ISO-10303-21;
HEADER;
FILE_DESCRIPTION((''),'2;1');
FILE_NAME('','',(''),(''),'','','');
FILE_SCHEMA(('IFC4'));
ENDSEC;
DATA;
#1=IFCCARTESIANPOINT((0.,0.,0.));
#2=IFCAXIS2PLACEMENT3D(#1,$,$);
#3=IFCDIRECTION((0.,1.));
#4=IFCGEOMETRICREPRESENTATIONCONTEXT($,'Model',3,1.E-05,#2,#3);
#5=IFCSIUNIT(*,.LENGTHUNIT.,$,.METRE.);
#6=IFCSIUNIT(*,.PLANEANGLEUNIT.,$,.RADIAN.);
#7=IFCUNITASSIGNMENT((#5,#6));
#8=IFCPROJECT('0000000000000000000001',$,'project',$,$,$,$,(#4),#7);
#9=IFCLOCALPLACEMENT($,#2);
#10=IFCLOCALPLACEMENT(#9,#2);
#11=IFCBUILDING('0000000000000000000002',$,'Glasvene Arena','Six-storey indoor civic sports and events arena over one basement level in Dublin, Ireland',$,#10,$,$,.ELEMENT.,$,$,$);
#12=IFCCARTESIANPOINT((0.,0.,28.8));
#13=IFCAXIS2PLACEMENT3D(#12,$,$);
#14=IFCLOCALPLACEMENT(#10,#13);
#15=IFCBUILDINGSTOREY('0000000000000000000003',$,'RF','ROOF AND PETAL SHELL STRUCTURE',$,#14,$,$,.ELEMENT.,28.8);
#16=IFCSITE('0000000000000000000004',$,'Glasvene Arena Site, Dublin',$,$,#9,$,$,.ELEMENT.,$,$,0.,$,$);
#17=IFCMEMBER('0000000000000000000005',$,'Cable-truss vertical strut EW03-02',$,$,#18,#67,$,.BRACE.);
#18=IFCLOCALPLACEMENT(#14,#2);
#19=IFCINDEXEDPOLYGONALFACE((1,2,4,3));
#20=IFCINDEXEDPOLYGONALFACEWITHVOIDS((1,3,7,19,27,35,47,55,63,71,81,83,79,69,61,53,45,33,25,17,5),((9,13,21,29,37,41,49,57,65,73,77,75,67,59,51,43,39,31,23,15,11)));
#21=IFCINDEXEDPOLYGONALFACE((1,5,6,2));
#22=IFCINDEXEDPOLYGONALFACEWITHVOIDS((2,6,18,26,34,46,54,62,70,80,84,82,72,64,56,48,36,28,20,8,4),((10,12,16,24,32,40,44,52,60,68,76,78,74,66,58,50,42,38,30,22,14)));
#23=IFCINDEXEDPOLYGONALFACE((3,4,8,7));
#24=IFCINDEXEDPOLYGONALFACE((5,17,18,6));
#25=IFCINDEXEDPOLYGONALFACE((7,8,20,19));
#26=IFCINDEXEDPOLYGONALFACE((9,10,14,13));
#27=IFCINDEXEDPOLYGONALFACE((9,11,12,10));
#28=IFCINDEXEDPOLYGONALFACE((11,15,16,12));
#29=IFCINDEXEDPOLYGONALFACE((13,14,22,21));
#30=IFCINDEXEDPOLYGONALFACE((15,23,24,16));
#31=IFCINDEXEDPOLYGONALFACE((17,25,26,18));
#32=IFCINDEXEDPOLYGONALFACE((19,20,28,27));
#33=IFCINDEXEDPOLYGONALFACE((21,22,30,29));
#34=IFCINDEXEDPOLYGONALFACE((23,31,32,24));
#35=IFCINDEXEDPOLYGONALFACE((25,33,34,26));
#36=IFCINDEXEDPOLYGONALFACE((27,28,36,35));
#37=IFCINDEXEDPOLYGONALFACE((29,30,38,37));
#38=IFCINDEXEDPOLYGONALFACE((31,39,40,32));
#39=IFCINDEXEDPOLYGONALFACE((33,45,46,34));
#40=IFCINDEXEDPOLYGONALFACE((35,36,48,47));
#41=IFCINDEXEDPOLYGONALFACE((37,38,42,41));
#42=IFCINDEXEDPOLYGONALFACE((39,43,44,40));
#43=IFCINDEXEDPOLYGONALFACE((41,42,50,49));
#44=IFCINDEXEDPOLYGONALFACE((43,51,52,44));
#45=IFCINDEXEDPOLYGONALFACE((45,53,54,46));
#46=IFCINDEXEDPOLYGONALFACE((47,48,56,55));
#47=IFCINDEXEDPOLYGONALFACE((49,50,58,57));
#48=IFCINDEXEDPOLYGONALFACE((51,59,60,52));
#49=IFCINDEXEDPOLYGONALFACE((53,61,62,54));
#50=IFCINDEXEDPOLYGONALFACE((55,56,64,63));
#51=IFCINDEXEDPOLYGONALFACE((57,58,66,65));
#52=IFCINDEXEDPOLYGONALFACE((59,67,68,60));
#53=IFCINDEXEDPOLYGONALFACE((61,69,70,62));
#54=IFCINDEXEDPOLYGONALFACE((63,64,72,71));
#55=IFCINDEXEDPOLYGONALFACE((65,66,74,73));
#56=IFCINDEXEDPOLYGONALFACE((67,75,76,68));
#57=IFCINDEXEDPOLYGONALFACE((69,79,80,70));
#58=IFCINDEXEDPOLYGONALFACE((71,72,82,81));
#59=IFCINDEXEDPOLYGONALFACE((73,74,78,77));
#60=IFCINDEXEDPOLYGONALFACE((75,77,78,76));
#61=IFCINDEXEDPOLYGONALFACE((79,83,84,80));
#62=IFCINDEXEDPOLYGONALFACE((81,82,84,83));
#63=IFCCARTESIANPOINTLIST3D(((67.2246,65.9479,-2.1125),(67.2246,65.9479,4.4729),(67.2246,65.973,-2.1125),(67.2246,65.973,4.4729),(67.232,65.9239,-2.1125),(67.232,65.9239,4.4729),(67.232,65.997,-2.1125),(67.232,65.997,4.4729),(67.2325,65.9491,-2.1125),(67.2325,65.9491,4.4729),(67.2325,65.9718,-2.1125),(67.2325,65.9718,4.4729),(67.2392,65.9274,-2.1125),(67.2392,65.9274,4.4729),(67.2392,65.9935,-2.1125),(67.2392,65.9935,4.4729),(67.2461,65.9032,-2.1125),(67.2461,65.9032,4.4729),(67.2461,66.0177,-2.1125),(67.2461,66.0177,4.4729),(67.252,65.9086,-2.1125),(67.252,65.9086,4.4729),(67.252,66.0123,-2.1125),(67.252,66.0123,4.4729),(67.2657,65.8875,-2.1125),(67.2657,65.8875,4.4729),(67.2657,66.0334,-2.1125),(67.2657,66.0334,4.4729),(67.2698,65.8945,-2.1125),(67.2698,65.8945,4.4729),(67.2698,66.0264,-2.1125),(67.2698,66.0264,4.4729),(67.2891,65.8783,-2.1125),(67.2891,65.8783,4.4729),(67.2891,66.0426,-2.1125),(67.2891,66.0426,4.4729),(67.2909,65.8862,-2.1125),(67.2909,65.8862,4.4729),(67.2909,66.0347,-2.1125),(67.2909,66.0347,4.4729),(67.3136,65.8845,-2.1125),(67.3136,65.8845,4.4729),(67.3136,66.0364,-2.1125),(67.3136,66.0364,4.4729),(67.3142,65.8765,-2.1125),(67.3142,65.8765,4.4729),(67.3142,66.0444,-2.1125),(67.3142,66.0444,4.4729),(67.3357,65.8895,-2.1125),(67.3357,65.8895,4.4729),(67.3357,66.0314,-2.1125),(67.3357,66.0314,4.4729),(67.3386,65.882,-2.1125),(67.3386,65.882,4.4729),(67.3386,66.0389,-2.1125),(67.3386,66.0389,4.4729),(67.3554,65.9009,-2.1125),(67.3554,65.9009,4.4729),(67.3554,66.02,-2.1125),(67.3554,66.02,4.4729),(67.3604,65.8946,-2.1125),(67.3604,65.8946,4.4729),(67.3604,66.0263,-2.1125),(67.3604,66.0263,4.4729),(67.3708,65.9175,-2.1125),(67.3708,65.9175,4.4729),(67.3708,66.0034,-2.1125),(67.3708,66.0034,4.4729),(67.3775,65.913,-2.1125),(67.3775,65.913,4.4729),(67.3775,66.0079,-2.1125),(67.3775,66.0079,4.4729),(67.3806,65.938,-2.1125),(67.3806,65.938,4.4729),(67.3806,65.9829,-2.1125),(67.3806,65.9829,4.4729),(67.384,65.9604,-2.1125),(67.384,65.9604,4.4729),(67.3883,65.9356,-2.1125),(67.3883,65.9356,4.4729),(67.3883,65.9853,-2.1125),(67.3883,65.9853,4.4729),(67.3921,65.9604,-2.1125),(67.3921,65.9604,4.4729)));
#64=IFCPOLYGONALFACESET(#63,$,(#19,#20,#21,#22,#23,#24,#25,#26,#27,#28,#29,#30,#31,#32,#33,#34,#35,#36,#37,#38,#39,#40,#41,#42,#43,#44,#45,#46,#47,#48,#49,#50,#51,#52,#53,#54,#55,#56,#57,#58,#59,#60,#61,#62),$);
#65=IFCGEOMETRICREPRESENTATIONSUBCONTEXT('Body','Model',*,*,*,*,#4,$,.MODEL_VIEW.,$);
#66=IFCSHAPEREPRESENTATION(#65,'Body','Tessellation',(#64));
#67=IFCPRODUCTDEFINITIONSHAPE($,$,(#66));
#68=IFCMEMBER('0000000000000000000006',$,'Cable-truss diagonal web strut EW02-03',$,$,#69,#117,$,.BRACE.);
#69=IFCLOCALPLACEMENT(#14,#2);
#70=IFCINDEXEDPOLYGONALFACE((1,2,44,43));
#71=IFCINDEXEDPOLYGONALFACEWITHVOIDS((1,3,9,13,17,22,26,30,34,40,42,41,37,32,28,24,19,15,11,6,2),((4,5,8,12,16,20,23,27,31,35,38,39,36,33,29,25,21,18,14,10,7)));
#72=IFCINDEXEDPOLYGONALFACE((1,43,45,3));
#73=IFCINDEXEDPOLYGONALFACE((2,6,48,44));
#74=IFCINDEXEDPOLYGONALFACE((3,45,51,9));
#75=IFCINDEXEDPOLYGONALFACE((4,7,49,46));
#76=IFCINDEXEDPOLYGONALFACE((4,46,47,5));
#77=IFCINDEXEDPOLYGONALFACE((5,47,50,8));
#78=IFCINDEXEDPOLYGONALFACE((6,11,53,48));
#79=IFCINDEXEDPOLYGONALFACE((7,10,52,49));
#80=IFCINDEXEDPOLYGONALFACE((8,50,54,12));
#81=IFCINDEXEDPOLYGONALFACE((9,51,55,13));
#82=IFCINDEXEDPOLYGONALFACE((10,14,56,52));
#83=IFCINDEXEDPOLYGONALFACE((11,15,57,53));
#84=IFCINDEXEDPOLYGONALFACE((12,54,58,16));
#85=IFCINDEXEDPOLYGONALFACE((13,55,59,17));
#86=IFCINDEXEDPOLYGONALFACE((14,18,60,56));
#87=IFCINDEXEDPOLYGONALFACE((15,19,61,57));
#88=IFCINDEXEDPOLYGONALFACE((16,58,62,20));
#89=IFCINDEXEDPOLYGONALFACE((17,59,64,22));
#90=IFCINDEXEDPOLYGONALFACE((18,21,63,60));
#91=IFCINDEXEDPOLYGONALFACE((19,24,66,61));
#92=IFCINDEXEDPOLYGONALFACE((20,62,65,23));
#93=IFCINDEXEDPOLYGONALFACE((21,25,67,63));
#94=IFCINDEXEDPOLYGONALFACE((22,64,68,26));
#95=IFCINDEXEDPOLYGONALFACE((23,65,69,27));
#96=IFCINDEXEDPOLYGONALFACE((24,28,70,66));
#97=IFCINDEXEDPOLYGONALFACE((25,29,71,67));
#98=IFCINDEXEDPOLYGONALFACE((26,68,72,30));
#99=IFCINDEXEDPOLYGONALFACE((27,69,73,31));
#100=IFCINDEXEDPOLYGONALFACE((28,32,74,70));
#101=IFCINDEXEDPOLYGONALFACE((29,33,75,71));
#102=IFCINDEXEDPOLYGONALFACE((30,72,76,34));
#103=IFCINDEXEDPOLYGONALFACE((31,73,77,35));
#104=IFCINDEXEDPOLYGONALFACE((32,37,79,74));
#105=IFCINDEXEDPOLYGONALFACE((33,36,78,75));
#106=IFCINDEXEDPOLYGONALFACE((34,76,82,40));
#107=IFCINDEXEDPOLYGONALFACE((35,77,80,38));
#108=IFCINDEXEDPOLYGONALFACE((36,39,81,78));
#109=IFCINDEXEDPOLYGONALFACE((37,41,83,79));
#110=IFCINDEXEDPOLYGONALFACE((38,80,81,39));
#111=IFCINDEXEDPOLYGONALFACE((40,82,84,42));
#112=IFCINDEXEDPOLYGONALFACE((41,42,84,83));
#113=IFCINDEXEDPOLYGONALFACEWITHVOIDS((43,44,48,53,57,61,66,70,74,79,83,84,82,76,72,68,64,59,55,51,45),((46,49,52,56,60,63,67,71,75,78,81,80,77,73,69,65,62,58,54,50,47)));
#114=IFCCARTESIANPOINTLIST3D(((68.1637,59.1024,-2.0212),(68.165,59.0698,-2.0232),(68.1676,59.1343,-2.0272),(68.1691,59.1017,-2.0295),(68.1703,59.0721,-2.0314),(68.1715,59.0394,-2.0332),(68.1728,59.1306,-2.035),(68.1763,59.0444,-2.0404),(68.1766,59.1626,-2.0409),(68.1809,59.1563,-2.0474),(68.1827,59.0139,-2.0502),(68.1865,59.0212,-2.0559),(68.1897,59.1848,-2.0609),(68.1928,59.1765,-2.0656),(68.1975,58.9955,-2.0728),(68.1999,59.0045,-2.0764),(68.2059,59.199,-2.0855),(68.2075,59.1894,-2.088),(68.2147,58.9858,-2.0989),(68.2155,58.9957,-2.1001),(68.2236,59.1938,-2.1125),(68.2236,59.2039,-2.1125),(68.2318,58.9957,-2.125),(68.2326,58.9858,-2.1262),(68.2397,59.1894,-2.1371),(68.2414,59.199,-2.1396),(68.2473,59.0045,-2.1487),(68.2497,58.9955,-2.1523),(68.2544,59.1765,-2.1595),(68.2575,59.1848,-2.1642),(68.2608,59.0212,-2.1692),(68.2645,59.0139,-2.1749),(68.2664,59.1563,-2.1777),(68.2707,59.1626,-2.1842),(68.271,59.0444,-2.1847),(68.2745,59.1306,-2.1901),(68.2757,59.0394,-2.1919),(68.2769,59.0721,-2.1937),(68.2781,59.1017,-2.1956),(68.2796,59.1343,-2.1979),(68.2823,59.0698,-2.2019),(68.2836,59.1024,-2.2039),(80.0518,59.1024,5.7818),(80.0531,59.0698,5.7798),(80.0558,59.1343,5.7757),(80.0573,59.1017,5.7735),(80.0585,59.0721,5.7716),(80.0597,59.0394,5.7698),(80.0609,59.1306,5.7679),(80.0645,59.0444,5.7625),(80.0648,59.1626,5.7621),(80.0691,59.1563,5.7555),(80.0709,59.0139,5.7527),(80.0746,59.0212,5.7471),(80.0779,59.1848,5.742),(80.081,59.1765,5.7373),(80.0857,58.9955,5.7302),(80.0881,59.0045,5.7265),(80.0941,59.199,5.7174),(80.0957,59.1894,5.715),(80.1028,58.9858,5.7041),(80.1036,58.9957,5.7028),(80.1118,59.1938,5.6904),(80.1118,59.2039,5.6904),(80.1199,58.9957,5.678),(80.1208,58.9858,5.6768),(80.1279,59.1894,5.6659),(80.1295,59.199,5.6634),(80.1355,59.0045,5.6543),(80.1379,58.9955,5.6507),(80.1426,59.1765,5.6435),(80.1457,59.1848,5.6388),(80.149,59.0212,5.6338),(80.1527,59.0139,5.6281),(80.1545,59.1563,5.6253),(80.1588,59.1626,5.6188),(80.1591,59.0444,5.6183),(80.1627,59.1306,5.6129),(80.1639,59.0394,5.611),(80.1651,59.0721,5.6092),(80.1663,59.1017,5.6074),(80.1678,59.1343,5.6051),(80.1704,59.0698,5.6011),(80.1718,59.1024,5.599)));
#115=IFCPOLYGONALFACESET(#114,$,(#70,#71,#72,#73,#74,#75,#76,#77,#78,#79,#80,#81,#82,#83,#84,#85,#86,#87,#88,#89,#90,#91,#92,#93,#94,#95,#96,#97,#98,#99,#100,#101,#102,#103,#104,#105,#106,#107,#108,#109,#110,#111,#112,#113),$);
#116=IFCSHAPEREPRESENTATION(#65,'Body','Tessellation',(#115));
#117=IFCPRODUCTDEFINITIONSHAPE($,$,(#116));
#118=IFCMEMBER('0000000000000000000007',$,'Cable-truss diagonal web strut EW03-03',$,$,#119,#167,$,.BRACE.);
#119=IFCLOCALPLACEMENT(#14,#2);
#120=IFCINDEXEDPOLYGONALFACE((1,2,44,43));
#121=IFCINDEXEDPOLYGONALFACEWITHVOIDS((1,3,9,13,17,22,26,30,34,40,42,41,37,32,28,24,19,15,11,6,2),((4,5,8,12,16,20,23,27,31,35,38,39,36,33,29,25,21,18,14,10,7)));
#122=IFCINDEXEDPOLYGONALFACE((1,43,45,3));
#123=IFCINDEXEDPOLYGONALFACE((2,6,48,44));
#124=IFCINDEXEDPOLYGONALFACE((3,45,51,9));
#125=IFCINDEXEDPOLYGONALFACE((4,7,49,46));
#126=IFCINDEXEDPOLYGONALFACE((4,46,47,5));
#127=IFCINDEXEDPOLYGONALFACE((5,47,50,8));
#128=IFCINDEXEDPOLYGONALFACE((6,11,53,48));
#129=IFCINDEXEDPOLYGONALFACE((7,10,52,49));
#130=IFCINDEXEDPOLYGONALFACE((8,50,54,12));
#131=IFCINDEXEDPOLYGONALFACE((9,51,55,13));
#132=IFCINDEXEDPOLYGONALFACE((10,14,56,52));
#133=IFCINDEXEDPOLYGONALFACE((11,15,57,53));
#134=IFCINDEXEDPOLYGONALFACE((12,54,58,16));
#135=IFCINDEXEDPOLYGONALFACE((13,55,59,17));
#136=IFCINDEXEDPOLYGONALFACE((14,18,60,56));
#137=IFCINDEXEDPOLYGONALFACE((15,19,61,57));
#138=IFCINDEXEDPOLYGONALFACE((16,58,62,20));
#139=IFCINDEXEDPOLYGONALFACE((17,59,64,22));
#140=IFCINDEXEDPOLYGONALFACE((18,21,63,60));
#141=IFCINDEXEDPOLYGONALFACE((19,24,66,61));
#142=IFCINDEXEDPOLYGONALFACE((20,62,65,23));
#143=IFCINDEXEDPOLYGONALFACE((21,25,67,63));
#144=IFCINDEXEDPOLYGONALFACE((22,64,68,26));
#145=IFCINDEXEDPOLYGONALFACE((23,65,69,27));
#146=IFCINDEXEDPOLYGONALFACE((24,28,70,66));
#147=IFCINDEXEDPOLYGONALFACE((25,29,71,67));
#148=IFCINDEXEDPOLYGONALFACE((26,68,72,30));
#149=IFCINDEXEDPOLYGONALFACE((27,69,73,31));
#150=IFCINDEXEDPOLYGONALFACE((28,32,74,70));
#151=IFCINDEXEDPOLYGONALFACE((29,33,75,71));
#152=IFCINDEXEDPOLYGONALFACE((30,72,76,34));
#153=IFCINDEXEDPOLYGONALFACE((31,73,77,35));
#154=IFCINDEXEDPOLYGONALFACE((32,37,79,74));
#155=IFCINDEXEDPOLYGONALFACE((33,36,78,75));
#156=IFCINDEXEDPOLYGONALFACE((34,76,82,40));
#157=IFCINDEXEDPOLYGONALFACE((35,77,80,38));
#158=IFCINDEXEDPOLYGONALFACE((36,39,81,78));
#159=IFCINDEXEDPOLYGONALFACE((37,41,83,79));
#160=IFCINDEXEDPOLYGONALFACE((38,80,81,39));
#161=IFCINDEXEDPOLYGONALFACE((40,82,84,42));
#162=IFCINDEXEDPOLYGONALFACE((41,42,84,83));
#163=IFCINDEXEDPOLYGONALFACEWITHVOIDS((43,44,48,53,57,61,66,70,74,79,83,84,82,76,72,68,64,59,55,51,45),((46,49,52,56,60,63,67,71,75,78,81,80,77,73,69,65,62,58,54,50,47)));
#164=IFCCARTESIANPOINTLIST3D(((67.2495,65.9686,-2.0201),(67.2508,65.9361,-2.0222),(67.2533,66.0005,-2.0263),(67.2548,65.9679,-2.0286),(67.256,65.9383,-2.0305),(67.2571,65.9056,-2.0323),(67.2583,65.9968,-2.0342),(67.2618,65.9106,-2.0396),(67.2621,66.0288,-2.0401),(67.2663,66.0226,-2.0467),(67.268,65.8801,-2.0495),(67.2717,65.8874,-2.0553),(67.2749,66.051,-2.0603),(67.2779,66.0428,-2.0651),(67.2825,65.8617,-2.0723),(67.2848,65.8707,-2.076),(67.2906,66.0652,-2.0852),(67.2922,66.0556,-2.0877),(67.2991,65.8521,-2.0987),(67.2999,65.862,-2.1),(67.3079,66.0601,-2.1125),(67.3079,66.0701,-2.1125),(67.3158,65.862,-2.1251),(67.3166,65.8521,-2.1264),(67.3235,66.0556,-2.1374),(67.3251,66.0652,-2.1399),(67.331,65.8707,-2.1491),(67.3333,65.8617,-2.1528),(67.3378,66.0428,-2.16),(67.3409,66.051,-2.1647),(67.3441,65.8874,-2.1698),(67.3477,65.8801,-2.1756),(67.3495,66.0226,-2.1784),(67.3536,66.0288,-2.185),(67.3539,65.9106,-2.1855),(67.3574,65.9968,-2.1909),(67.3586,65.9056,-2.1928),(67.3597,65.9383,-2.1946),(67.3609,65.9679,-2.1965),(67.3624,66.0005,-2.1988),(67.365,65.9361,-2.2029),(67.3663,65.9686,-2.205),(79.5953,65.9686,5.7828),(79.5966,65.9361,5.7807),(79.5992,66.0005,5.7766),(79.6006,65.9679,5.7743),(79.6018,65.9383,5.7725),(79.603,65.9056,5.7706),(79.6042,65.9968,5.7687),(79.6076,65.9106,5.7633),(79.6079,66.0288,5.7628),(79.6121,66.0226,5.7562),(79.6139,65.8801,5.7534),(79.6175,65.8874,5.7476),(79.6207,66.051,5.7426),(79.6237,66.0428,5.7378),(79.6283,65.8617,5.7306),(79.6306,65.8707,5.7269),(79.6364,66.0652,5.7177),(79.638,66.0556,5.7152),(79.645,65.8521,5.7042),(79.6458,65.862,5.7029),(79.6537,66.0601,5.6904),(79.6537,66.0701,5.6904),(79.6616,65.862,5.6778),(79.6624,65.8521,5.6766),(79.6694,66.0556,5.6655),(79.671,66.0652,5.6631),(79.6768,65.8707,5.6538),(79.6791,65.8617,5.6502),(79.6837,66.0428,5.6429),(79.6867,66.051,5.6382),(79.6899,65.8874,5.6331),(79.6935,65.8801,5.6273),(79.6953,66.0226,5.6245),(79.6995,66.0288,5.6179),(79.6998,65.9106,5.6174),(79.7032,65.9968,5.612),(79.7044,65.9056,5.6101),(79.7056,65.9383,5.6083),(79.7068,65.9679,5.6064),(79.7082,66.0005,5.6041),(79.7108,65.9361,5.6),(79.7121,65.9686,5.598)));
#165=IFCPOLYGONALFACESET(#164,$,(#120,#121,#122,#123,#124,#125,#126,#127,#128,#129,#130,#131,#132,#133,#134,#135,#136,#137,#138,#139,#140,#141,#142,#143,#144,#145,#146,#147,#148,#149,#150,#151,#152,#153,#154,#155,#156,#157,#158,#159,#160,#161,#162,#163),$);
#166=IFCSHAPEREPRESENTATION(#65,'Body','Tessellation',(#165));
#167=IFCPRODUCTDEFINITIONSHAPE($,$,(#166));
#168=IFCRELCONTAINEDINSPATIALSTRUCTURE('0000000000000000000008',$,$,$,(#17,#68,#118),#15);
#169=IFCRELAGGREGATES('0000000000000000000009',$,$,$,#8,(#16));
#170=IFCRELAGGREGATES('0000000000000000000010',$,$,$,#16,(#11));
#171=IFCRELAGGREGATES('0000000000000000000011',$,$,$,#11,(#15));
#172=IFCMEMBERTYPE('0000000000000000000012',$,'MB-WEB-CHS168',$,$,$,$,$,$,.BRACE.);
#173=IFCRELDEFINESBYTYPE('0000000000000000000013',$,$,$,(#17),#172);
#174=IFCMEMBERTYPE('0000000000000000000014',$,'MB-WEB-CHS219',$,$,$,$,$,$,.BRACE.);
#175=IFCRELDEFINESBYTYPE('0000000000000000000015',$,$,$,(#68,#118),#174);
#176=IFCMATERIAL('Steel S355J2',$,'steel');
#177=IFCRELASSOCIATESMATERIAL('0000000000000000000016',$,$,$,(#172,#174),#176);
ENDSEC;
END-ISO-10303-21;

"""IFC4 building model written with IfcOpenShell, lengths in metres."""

from ifc_helpers import new_model, si_unit, direction, frame, origin, origin_2d, place, context, subcontext, project, spatial, hollow_circle, extrude, material, material_profile, profile_set, type_object, element, save


model = new_model("IFC4")

# Units and contexts
model_context = context("Model", 3, precision=1e-05, world=origin(), true_north=direction((0.0, 1.0)))
body_context = subcontext(model_context, "Body", "Model", "MODEL_VIEW")
ifc_project = project(units=[si_unit("LENGTHUNIT", "METRE"), si_unit("PLANEANGLEUNIT", "RADIAN")], contexts=[model_context])

# Site, building, storey
site_placement = place(None, origin())
site = spatial("IfcSite", under=ifc_project, at=site_placement, Name="Glasvene Arena Site, Dublin", CompositionType="ELEMENT", RefElevation=0.0)
building_placement = place(site_placement, origin())
building = spatial("IfcBuilding", under=site, at=building_placement, Name="Glasvene Arena", Description="Six-storey indoor civic sports and events arena over one basement level in Dublin, Ireland", CompositionType="ELEMENT")
storey_placement = place(building_placement, frame((0.0, 0.0, 28.8)))
storey = spatial("IfcBuildingStorey", under=building, at=storey_placement, Name="RF", Description="ROOF AND PETAL SHELL STRUCTURE", CompositionType="ELEMENT", Elevation=28.8)

# Members
ifc_material_1 = material(Name="Steel S355J2", Category="steel")
ifc_material_profile_1 = material_profile(ifc_material_1, hollow_circle(Radius=0.0842, WallThickness=0.0081, at=origin_2d()), Name="CHS 168.3x8.0")
ifc_profile_set_1 = profile_set([ifc_material_profile_1], Name="Steel S355J2")
member_type_1 = type_object("IfcMemberType", Name="MB-WEB-CHS168", PredefinedType="BRACE", material=ifc_profile_set_1)
for number, where, z_axis, x_axis, name in (
    (1, (67.3079, 65.9604, -2.1125), (0.0, 0.0, 1.0), (1.0, 0.0, 0.0), "Cable-truss vertical strut EW03-02"),
):
    element("IfcMember", number, at=place(storey_placement, frame(where, z_axis=z_axis, x_axis=x_axis)), inside=storey, type_object=member_type_1, Name=name, PredefinedType="BRACE", context=body_context, shape_type="SweptSolid", body=[
        extrude(hollow_circle(Radius=0.0842, WallThickness=0.0081, at=origin_2d()), origin(), (0.0, 0.0, 1.0), 6.5854),
    ])
ifc_material_profile_2 = material_profile(ifc_material_1, hollow_circle(Radius=0.1096, WallThickness=0.01, at=origin_2d()), Name="CHS 219.1x10.0")
ifc_profile_set_2 = profile_set([ifc_material_profile_2], Name="Steel S355J2")
member_type_2 = type_object("IfcMemberType", Name="MB-WEB-CHS219", PredefinedType="BRACE", material=ifc_profile_set_2)
member_1_placement = place(storey_placement, frame((68.2236, 59.0942, -2.1125), z_axis=(0.836004, 0.0, 0.548723), x_axis=(0.0, 1.0, 0.0)))
element("IfcMember", 2, at=member_1_placement, inside=storey, type_object=member_type_2, Name="Cable-truss diagonal web strut EW02-03", PredefinedType="BRACE", context=body_context, shape_type="SweptSolid", body=[
    extrude(hollow_circle(Radius=0.1096, WallThickness=0.01, at=origin_2d()), origin(), (0.0, 0.0, 1.0), 14.2202),
])
member_2_placement = place(storey_placement, frame((67.3079, 65.9604, -2.1125), z_axis=(0.845318, 0.0, 0.534264), x_axis=(0.0, 1.0, 0.0)))
element("IfcMember", 3, at=member_2_placement, inside=storey, type_object=member_type_2, Name="Cable-truss diagonal web strut EW03-03", PredefinedType="BRACE", context=body_context, shape_type="SweptSolid", body=[
    extrude(hollow_circle(Radius=0.1096, WallThickness=0.01, at=origin_2d()), origin(), (0.0, 0.0, 1.0), 14.605),
])

save(model, "model.ifc")
